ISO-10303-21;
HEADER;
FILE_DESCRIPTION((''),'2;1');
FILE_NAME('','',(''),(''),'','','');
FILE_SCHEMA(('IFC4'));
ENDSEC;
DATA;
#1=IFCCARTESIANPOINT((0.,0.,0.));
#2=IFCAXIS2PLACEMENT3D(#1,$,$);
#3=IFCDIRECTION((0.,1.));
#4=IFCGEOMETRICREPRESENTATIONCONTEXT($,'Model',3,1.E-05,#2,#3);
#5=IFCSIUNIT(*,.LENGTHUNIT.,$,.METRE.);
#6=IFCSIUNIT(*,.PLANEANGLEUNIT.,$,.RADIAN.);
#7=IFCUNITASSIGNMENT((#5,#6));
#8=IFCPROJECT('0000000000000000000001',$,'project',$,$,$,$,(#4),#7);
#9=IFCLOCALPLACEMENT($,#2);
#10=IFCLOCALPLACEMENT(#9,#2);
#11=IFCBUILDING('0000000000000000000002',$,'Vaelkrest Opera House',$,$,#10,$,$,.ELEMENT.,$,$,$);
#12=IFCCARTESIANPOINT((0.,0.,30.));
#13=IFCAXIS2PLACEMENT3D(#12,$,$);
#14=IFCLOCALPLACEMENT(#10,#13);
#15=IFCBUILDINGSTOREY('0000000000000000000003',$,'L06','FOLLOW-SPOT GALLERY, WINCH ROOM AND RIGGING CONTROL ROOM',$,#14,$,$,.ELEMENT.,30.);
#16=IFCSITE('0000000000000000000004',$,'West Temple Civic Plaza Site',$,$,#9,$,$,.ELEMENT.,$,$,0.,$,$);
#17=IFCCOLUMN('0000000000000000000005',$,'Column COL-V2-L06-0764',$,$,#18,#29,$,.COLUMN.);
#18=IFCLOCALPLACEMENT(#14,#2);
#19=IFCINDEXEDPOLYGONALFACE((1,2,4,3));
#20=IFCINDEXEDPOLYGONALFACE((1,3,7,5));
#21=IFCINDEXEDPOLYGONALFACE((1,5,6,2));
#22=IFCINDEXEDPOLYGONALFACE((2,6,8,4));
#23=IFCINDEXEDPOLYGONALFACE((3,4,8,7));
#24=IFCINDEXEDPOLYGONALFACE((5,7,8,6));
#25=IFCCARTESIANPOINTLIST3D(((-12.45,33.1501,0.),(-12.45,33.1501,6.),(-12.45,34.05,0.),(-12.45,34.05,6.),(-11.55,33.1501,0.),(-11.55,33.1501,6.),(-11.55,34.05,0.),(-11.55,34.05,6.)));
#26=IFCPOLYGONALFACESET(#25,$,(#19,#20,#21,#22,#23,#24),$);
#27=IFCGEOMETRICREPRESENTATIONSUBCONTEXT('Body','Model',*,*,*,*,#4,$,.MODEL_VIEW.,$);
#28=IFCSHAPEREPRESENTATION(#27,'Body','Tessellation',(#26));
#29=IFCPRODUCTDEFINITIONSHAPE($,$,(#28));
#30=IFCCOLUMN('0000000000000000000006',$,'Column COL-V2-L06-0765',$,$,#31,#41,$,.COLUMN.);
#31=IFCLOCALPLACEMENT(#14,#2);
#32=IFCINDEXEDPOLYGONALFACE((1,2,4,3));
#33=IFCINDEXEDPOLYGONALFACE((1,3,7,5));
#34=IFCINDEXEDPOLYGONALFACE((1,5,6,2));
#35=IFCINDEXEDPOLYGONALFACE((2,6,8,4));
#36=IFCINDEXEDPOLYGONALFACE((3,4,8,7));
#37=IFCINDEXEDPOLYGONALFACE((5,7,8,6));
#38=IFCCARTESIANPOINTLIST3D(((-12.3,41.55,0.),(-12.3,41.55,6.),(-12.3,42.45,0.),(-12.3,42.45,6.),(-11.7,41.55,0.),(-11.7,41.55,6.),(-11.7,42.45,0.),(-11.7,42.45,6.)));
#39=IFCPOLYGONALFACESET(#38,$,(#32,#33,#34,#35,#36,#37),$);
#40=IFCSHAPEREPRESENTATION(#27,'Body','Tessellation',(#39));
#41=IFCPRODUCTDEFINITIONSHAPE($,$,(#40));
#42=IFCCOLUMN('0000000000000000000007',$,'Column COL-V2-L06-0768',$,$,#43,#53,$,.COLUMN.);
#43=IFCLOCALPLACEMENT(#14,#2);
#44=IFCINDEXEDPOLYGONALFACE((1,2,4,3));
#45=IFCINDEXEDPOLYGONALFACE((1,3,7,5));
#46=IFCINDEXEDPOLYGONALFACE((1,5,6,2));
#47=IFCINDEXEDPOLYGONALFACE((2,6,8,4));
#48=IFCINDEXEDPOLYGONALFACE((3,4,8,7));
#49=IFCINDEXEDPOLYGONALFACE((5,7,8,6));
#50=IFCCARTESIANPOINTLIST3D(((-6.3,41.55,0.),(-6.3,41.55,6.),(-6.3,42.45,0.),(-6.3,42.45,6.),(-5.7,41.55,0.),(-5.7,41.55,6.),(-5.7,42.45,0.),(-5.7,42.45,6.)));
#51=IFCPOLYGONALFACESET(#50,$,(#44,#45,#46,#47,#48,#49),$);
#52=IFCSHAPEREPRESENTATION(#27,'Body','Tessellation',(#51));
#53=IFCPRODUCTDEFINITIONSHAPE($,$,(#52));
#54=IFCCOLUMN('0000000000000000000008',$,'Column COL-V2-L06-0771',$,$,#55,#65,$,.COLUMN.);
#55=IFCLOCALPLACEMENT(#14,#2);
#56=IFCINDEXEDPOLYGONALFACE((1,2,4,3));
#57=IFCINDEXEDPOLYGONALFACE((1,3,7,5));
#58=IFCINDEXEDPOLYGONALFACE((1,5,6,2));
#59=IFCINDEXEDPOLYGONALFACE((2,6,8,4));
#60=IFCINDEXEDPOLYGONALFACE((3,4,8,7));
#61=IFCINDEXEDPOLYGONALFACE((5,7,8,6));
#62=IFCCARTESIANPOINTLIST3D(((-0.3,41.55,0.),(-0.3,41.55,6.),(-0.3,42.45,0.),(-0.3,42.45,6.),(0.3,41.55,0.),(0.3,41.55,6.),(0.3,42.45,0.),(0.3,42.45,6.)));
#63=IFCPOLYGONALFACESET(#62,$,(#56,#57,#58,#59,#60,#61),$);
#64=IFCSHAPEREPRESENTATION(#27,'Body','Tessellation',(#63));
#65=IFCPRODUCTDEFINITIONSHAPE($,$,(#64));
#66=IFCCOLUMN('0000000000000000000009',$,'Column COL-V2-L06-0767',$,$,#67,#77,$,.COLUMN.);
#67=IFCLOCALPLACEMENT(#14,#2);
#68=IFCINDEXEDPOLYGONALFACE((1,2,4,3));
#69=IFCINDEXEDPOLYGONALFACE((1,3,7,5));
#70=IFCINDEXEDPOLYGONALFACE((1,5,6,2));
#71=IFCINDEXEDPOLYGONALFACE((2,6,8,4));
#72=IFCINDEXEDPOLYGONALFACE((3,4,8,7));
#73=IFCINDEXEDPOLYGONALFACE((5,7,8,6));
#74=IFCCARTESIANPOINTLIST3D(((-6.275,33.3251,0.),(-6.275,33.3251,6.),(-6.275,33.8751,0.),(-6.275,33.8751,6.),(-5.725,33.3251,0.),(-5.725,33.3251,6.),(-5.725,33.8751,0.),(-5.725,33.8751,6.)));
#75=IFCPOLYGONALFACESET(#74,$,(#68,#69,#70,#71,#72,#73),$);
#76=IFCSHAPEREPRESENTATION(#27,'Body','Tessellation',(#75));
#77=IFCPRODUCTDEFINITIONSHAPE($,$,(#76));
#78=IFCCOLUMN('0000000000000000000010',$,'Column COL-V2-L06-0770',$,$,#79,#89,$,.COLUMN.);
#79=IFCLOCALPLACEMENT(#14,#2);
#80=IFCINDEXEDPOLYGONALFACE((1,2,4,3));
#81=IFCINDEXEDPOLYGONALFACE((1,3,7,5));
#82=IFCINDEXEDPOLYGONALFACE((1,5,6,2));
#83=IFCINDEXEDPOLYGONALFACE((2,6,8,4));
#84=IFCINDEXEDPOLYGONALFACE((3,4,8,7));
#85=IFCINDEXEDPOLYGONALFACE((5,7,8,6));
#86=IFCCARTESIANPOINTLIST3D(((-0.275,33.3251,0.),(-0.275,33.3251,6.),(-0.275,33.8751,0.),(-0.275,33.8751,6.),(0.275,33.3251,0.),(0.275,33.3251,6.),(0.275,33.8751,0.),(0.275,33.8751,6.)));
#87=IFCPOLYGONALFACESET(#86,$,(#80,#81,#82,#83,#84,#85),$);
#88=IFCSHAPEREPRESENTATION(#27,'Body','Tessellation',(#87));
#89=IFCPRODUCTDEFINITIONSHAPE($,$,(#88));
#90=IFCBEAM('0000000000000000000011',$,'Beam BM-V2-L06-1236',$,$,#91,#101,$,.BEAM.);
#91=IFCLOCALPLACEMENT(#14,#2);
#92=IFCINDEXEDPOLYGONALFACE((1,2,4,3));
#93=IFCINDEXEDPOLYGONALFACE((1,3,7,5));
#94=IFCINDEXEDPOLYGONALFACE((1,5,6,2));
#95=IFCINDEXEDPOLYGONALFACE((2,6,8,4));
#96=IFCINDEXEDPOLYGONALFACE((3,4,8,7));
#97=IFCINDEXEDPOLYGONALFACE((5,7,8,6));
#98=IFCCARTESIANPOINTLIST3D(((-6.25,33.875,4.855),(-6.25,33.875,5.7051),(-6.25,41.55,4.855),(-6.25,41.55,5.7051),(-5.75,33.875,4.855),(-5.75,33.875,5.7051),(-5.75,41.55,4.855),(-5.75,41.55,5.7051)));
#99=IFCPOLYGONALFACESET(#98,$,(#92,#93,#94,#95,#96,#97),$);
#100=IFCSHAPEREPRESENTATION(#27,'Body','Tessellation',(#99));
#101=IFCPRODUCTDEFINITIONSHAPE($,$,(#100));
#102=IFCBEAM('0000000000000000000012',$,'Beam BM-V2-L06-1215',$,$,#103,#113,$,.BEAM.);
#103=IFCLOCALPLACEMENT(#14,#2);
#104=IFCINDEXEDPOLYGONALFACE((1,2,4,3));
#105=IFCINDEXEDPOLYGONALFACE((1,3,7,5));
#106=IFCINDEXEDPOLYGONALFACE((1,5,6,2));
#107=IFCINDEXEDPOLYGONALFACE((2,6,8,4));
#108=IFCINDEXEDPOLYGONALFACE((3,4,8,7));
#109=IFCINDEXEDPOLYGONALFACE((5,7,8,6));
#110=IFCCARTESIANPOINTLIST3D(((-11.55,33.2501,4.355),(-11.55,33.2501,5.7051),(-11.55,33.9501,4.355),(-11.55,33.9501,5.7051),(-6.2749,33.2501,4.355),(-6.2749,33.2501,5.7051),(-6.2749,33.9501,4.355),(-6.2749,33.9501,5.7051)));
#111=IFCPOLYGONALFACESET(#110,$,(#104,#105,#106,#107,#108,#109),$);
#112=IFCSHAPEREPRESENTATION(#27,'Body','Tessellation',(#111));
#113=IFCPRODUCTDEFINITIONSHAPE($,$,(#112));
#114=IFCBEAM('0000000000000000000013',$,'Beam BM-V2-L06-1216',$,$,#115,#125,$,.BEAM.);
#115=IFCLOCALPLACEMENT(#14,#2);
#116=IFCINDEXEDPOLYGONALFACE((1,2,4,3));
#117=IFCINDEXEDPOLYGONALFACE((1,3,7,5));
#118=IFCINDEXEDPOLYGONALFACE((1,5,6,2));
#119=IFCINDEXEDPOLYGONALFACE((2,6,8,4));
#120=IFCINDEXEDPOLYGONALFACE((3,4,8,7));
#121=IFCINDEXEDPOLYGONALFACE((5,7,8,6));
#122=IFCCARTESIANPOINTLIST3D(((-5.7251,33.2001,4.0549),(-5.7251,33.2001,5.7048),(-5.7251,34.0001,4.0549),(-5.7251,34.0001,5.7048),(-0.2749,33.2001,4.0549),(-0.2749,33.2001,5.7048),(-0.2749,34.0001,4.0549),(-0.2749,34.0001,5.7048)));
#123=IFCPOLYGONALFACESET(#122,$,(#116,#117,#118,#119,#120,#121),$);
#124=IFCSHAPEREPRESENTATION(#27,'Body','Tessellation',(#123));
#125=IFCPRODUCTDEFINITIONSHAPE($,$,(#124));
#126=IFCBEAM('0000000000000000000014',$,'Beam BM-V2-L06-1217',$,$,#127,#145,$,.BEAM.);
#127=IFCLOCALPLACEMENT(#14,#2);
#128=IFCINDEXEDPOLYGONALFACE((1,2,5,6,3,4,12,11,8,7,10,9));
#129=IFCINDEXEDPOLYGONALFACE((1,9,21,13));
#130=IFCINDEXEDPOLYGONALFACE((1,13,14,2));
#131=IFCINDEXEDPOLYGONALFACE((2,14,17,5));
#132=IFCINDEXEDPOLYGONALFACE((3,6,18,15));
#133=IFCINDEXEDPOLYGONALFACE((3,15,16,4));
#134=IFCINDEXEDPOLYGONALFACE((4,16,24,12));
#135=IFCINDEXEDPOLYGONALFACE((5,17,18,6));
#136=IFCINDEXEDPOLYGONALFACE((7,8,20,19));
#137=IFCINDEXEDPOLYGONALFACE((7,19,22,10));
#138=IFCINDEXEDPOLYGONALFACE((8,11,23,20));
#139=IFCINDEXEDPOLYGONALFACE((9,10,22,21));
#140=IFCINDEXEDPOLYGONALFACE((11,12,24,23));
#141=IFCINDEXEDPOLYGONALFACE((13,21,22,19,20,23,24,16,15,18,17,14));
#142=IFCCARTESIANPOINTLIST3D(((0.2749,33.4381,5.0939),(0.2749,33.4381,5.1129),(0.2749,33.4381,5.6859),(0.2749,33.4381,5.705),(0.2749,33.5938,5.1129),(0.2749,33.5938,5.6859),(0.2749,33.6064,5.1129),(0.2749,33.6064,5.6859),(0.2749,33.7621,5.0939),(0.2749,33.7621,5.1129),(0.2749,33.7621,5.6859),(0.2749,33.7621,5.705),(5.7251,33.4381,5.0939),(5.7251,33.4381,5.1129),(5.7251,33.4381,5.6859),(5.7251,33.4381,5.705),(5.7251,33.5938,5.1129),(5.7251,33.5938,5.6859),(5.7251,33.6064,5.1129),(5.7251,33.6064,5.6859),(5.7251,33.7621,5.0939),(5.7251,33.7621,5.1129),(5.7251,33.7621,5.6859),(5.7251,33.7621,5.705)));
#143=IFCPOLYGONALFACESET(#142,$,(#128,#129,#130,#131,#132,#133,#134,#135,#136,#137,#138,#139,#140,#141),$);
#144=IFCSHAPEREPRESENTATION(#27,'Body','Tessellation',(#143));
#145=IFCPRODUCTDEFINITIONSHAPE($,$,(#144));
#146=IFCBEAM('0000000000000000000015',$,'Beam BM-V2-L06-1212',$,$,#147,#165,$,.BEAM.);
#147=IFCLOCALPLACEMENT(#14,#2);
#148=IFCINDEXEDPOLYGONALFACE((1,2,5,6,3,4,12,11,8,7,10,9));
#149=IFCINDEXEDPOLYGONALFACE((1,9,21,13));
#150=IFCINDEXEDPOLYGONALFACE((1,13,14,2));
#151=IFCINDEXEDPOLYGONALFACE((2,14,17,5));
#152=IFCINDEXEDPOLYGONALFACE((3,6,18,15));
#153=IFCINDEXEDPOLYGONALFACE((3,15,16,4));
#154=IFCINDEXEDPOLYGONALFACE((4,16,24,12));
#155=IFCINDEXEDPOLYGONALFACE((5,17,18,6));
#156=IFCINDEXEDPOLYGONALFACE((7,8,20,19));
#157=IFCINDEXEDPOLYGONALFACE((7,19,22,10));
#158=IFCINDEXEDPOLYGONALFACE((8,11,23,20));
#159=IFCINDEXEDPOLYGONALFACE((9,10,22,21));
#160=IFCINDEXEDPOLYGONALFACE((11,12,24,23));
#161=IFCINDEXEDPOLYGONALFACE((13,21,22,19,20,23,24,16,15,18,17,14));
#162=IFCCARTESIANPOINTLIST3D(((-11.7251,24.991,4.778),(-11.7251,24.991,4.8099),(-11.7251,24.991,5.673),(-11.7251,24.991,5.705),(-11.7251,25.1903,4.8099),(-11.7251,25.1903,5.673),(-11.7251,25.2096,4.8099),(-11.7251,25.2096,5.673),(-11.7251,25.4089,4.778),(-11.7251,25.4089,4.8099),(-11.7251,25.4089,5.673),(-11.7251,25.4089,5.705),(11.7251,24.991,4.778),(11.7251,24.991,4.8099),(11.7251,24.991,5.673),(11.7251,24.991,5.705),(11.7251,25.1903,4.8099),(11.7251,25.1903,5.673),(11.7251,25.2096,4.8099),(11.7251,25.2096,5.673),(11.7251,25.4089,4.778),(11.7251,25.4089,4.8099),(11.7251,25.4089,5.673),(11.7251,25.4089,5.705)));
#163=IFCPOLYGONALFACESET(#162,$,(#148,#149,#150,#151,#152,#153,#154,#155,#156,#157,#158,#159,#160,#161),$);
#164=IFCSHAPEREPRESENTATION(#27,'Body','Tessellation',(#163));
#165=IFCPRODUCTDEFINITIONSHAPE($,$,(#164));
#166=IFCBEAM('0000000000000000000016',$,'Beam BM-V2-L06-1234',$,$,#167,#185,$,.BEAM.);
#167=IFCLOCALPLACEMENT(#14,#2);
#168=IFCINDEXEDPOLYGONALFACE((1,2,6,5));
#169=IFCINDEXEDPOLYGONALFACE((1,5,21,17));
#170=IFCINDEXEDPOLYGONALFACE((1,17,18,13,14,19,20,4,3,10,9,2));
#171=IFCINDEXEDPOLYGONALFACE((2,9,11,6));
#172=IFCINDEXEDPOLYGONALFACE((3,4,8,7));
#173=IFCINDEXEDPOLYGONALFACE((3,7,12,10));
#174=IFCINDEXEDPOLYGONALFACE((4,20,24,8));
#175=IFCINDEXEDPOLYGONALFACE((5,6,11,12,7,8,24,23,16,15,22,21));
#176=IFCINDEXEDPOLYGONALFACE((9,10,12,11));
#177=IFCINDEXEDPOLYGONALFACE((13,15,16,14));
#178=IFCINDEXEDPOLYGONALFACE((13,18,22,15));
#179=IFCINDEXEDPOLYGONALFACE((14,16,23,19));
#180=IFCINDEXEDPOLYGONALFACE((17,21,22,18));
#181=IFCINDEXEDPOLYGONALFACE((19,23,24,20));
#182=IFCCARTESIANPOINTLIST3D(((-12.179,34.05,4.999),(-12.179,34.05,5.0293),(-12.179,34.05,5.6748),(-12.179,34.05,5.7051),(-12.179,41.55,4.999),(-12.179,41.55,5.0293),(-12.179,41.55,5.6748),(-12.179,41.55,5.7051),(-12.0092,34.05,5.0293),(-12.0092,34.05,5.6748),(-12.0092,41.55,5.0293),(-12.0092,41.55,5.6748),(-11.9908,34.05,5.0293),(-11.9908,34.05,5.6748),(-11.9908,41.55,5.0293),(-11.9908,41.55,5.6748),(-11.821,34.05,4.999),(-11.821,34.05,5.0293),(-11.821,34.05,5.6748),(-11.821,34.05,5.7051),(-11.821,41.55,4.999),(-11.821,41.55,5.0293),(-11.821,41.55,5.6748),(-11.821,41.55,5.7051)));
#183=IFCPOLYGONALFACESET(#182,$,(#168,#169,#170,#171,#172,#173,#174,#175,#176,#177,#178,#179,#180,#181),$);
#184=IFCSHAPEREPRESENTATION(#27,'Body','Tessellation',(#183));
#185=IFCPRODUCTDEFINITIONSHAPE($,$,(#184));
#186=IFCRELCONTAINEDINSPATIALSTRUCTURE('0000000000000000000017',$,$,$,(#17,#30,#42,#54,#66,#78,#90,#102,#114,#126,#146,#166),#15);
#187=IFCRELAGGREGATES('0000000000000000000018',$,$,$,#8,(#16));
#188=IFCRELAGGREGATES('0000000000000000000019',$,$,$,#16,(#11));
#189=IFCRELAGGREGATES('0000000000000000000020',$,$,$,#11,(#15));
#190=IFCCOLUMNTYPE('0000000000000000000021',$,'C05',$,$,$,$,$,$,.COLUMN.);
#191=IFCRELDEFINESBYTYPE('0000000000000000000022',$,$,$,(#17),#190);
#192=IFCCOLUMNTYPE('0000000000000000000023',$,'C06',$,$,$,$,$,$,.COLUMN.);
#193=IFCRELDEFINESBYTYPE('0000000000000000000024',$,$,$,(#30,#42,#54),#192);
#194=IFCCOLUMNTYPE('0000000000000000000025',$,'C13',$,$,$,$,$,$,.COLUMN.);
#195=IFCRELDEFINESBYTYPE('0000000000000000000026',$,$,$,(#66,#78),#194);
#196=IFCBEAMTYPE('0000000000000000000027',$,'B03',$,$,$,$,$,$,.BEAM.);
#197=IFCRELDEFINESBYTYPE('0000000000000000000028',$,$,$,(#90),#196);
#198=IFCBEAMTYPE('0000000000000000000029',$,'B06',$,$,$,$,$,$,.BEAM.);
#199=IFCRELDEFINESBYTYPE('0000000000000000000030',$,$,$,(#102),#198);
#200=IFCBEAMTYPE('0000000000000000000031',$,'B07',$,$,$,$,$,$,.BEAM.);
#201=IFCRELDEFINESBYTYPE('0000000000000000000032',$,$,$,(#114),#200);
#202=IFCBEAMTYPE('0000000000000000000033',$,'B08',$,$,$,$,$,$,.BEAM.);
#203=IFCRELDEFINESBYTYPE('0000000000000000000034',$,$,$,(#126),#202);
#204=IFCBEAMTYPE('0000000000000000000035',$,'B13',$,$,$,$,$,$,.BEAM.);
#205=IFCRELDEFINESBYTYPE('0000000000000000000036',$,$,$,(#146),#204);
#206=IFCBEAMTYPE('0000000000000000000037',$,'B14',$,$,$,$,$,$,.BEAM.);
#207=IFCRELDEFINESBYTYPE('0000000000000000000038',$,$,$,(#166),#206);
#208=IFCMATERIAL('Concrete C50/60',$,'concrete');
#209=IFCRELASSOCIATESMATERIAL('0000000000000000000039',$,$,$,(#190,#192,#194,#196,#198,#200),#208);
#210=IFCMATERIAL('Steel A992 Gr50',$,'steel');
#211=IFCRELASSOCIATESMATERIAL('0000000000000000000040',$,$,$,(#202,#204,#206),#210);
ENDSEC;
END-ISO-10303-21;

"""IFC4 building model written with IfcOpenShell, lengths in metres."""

from ifc_helpers import new_model, si_unit, direction, frame, origin, origin_2d, place, context, subcontext, project, spatial, rectangle, i_section, extrude, material, material_profile, profile_set, type_object, element, save


model = new_model("IFC4")

# Units and contexts
model_context = context("Model", 3, precision=1e-05, world=origin(), true_north=direction((0.0, 1.0)))
body_context = subcontext(model_context, "Body", "Model", "MODEL_VIEW")
ifc_project = project(units=[si_unit("LENGTHUNIT", "METRE"), si_unit("PLANEANGLEUNIT", "RADIAN")], contexts=[model_context])

# Site, building, storey
site_placement = place(None, origin())
site = spatial("IfcSite", under=ifc_project, at=site_placement, Name="West Temple Civic Plaza Site", CompositionType="ELEMENT", RefElevation=0.0)
building_placement = place(site_placement, origin())
building = spatial("IfcBuilding", under=site, at=building_placement, Name="Vaelkrest Opera House", CompositionType="ELEMENT")
storey_placement = place(building_placement, frame((0.0, 0.0, 30.0)))
storey = spatial("IfcBuildingStorey", under=building, at=storey_placement, Name="L06", Description="FOLLOW-SPOT GALLERY, WINCH ROOM AND RIGGING CONTROL ROOM", CompositionType="ELEMENT", Elevation=30.0)

# Columns
ifc_material_1 = material(Name="Concrete C50/60", Category="concrete")
ifc_material_profile_1 = material_profile(ifc_material_1, rectangle(XDim=0.8999, YDim=0.8999, at=origin_2d()), Name="RC900X900")
ifc_profile_set_1 = profile_set([ifc_material_profile_1], Name="Concrete C50/60")
column_type_1 = type_object("IfcColumnType", Name="C05", PredefinedType="COLUMN", material=ifc_profile_set_1)
column_placement = place(storey_placement, frame((-12.0, 33.6001, 0.0), z_axis=(0.0, 0.0, 1.0), x_axis=(1.0, 0.0, 0.0)))
element("IfcColumn", 1, at=column_placement, inside=storey, type_object=column_type_1, Name="Column COL-V2-L06-0764", PredefinedType="COLUMN", context=body_context, shape_type="SweptSolid", body=[
    extrude(rectangle(XDim=0.8999, YDim=0.8999, at=origin_2d()), origin(), (0.0, 0.0, 1.0), 6.0),
])
ifc_material_profile_2 = material_profile(ifc_material_1, rectangle(XDim=0.6001, YDim=0.8999, at=origin_2d()), Name="RC600X900")
ifc_profile_set_2 = profile_set([ifc_material_profile_2], Name="Concrete C50/60")
column_type_2 = type_object("IfcColumnType", Name="C06", PredefinedType="COLUMN", material=ifc_profile_set_2)
for number, where, z_axis, x_axis, name in (
    (2, (-12.0, 42.0, 0.0), (0.0, 0.0, 1.0), (1.0, 0.0, 0.0), "Column COL-V2-L06-0765"),
    (3, (-6.0, 42.0, 0.0), (0.0, 0.0, 1.0), (1.0, 0.0, 0.0), "Column COL-V2-L06-0768"),
    (4, (0.0, 42.0, 0.0), (0.0, 0.0, 1.0), (1.0, 0.0, 0.0), "Column COL-V2-L06-0771"),
):
    element("IfcColumn", number, at=place(storey_placement, frame(where, z_axis=z_axis, x_axis=x_axis)), inside=storey, type_object=column_type_2, Name=name, PredefinedType="COLUMN", context=body_context, shape_type="SweptSolid", body=[
        extrude(rectangle(XDim=0.6001, YDim=0.8999, at=origin_2d()), origin(), (0.0, 0.0, 1.0), 6.0),
    ])
ifc_material_profile_3 = material_profile(ifc_material_1, rectangle(XDim=0.55, YDim=0.55, at=origin_2d()), Name="RC550X550")
ifc_profile_set_3 = profile_set([ifc_material_profile_3], Name="Concrete C50/60")
column_type_3 = type_object("IfcColumnType", Name="C13", PredefinedType="COLUMN", material=ifc_profile_set_3)
for number, where, z_axis, x_axis, name in (
    (5, (-6.0, 33.6001, 0.0), (0.0, 0.0, 1.0), (1.0, 0.0, 0.0), "Column COL-V2-L06-0767"),
    (6, (0.0, 33.6001, 0.0), (0.0, 0.0, 1.0), (1.0, 0.0, 0.0), "Column COL-V2-L06-0770"),
):
    element("IfcColumn", number, at=place(storey_placement, frame(where, z_axis=z_axis, x_axis=x_axis)), inside=storey, type_object=column_type_3, Name=name, PredefinedType="COLUMN", context=body_context, shape_type="SweptSolid", body=[
        extrude(rectangle(XDim=0.55, YDim=0.55, at=origin_2d()), origin(), (0.0, 0.0, 1.0), 6.0),
    ])

# Beams
ifc_material_profile_4 = material_profile(ifc_material_1, rectangle(XDim=0.5, YDim=0.8501, at=origin_2d()), Name="RCB500X850")
ifc_profile_set_4 = profile_set([ifc_material_profile_4], Name="Concrete C50/60")
beam_type_1 = type_object("IfcBeamType", Name="B03", PredefinedType="BEAM", material=ifc_profile_set_4)
beam_1_placement = place(storey_placement, frame((-6.0, 33.875, 5.28), z_axis=(0.0, 1.0, 0.0), x_axis=(-1.0, 0.0, 0.0)))
element("IfcBeam", 7, at=beam_1_placement, inside=storey, type_object=beam_type_1, Name="Beam BM-V2-L06-1236", PredefinedType="BEAM", context=body_context, shape_type="SweptSolid", body=[
    extrude(rectangle(XDim=0.5, YDim=0.8501, at=origin_2d()), origin(), (0.0, 0.0, 1.0), 7.675),
])
ifc_material_profile_5 = material_profile(ifc_material_1, rectangle(XDim=0.7, YDim=1.3501, at=origin_2d()), Name="RCB700X1350")
ifc_profile_set_5 = profile_set([ifc_material_profile_5], Name="Concrete C50/60")
beam_type_2 = type_object("IfcBeamType", Name="B06", PredefinedType="BEAM", material=ifc_profile_set_5)
beam_2_placement = place(storey_placement, frame((-11.55, 33.6001, 5.03), z_axis=(1.0, 0.0, 0.0), x_axis=(0.0, 1.0, 0.0)))
element("IfcBeam", 8, at=beam_2_placement, inside=storey, type_object=beam_type_2, Name="Beam BM-V2-L06-1215", PredefinedType="BEAM", context=body_context, shape_type="SweptSolid", body=[
    extrude(rectangle(XDim=0.7, YDim=1.3501, at=origin_2d()), origin(), (0.0, 0.0, 1.0), 5.2751),
])
ifc_material_profile_6 = material_profile(ifc_material_1, rectangle(XDim=0.8, YDim=1.6499, at=origin_2d()), Name="RCB800X1650")
ifc_profile_set_6 = profile_set([ifc_material_profile_6], Name="Concrete C50/60")
beam_type_3 = type_object("IfcBeamType", Name="B07", PredefinedType="BEAM", material=ifc_profile_set_6)
beam_3_placement = place(storey_placement, frame((-5.7251, 33.6001, 4.8799), z_axis=(1.0, 0.0, 0.0), x_axis=(0.0, 1.0, 0.0)))
element("IfcBeam", 9, at=beam_3_placement, inside=storey, type_object=beam_type_3, Name="Beam BM-V2-L06-1216", PredefinedType="BEAM", context=body_context, shape_type="SweptSolid", body=[
    extrude(rectangle(XDim=0.8, YDim=1.6499, at=origin_2d()), origin(), (0.0, 0.0, 1.0), 5.4502),
])
ifc_material_2 = material(Name="Steel A992 Gr50", Category="steel")
ifc_material_profile_7 = material_profile(ifc_material_2, i_section(OverallWidth=0.324, OverallDepth=0.6111, WebThickness=0.0127, FlangeThickness=0.019, at=origin_2d()), Name="W24X104")
ifc_profile_set_7 = profile_set([ifc_material_profile_7], Name="Steel A992 Gr50")
beam_type_4 = type_object("IfcBeamType", Name="B08", PredefinedType="BEAM", material=ifc_profile_set_7)
beam_4_placement = place(storey_placement, frame((0.2749, 33.6001, 5.3994), z_axis=(1.0, 0.0, 0.0), x_axis=(0.0, 1.0, 0.0)))
element("IfcBeam", 10, at=beam_4_placement, inside=storey, type_object=beam_type_4, Name="Beam BM-V2-L06-1217", PredefinedType="BEAM", context=body_context, shape_type="SweptSolid", body=[
    extrude(i_section(OverallWidth=0.324, OverallDepth=0.6111, WebThickness=0.0127, FlangeThickness=0.019, at=origin_2d()), origin(), (0.0, 0.0, 1.0), 5.4502),
])
ifc_material_profile_8 = material_profile(ifc_material_2, i_section(OverallWidth=0.418, OverallDepth=0.927, WebThickness=0.0193, FlangeThickness=0.032, at=origin_2d()), Name="W36X231")
ifc_profile_set_8 = profile_set([ifc_material_profile_8], Name="Steel A992 Gr50")
beam_type_5 = type_object("IfcBeamType", Name="B13", PredefinedType="BEAM", material=ifc_profile_set_8)
beam_5_placement = place(storey_placement, frame((-11.7251, 25.2, 5.2415), z_axis=(1.0, 0.0, 0.0), x_axis=(0.0, 1.0, 0.0)))
element("IfcBeam", 11, at=beam_5_placement, inside=storey, type_object=beam_type_5, Name="Beam BM-V2-L06-1212", PredefinedType="BEAM", context=body_context, shape_type="SweptSolid", body=[
    extrude(i_section(OverallWidth=0.418, OverallDepth=0.927, WebThickness=0.0193, FlangeThickness=0.032, at=origin_2d()), origin(), (0.0, 0.0, 1.0), 23.4502),
])
ifc_material_profile_9 = material_profile(ifc_material_2, i_section(OverallWidth=0.3579, OverallDepth=0.7061, WebThickness=0.0183, FlangeThickness=0.0303, at=origin_2d()), Name="W27X178")
ifc_profile_set_9 = profile_set([ifc_material_profile_9], Name="Steel A992 Gr50")
beam_type_6 = type_object("IfcBeamType", Name="B14", PredefinedType="BEAM", material=ifc_profile_set_9)
beam_6_placement = place(storey_placement, frame((-12.0, 34.05, 5.3521), z_axis=(0.0, 1.0, 0.0), x_axis=(-1.0, 0.0, 0.0)))
element("IfcBeam", 12, at=beam_6_placement, inside=storey, type_object=beam_type_6, Name="Beam BM-V2-L06-1234", PredefinedType="BEAM", context=body_context, shape_type="SweptSolid", body=[
    extrude(i_section(OverallWidth=0.3579, OverallDepth=0.7061, WebThickness=0.0183, FlangeThickness=0.0303, at=origin_2d()), origin(), (0.0, 0.0, 1.0), 7.5),
])

save(model, "model.ifc")
